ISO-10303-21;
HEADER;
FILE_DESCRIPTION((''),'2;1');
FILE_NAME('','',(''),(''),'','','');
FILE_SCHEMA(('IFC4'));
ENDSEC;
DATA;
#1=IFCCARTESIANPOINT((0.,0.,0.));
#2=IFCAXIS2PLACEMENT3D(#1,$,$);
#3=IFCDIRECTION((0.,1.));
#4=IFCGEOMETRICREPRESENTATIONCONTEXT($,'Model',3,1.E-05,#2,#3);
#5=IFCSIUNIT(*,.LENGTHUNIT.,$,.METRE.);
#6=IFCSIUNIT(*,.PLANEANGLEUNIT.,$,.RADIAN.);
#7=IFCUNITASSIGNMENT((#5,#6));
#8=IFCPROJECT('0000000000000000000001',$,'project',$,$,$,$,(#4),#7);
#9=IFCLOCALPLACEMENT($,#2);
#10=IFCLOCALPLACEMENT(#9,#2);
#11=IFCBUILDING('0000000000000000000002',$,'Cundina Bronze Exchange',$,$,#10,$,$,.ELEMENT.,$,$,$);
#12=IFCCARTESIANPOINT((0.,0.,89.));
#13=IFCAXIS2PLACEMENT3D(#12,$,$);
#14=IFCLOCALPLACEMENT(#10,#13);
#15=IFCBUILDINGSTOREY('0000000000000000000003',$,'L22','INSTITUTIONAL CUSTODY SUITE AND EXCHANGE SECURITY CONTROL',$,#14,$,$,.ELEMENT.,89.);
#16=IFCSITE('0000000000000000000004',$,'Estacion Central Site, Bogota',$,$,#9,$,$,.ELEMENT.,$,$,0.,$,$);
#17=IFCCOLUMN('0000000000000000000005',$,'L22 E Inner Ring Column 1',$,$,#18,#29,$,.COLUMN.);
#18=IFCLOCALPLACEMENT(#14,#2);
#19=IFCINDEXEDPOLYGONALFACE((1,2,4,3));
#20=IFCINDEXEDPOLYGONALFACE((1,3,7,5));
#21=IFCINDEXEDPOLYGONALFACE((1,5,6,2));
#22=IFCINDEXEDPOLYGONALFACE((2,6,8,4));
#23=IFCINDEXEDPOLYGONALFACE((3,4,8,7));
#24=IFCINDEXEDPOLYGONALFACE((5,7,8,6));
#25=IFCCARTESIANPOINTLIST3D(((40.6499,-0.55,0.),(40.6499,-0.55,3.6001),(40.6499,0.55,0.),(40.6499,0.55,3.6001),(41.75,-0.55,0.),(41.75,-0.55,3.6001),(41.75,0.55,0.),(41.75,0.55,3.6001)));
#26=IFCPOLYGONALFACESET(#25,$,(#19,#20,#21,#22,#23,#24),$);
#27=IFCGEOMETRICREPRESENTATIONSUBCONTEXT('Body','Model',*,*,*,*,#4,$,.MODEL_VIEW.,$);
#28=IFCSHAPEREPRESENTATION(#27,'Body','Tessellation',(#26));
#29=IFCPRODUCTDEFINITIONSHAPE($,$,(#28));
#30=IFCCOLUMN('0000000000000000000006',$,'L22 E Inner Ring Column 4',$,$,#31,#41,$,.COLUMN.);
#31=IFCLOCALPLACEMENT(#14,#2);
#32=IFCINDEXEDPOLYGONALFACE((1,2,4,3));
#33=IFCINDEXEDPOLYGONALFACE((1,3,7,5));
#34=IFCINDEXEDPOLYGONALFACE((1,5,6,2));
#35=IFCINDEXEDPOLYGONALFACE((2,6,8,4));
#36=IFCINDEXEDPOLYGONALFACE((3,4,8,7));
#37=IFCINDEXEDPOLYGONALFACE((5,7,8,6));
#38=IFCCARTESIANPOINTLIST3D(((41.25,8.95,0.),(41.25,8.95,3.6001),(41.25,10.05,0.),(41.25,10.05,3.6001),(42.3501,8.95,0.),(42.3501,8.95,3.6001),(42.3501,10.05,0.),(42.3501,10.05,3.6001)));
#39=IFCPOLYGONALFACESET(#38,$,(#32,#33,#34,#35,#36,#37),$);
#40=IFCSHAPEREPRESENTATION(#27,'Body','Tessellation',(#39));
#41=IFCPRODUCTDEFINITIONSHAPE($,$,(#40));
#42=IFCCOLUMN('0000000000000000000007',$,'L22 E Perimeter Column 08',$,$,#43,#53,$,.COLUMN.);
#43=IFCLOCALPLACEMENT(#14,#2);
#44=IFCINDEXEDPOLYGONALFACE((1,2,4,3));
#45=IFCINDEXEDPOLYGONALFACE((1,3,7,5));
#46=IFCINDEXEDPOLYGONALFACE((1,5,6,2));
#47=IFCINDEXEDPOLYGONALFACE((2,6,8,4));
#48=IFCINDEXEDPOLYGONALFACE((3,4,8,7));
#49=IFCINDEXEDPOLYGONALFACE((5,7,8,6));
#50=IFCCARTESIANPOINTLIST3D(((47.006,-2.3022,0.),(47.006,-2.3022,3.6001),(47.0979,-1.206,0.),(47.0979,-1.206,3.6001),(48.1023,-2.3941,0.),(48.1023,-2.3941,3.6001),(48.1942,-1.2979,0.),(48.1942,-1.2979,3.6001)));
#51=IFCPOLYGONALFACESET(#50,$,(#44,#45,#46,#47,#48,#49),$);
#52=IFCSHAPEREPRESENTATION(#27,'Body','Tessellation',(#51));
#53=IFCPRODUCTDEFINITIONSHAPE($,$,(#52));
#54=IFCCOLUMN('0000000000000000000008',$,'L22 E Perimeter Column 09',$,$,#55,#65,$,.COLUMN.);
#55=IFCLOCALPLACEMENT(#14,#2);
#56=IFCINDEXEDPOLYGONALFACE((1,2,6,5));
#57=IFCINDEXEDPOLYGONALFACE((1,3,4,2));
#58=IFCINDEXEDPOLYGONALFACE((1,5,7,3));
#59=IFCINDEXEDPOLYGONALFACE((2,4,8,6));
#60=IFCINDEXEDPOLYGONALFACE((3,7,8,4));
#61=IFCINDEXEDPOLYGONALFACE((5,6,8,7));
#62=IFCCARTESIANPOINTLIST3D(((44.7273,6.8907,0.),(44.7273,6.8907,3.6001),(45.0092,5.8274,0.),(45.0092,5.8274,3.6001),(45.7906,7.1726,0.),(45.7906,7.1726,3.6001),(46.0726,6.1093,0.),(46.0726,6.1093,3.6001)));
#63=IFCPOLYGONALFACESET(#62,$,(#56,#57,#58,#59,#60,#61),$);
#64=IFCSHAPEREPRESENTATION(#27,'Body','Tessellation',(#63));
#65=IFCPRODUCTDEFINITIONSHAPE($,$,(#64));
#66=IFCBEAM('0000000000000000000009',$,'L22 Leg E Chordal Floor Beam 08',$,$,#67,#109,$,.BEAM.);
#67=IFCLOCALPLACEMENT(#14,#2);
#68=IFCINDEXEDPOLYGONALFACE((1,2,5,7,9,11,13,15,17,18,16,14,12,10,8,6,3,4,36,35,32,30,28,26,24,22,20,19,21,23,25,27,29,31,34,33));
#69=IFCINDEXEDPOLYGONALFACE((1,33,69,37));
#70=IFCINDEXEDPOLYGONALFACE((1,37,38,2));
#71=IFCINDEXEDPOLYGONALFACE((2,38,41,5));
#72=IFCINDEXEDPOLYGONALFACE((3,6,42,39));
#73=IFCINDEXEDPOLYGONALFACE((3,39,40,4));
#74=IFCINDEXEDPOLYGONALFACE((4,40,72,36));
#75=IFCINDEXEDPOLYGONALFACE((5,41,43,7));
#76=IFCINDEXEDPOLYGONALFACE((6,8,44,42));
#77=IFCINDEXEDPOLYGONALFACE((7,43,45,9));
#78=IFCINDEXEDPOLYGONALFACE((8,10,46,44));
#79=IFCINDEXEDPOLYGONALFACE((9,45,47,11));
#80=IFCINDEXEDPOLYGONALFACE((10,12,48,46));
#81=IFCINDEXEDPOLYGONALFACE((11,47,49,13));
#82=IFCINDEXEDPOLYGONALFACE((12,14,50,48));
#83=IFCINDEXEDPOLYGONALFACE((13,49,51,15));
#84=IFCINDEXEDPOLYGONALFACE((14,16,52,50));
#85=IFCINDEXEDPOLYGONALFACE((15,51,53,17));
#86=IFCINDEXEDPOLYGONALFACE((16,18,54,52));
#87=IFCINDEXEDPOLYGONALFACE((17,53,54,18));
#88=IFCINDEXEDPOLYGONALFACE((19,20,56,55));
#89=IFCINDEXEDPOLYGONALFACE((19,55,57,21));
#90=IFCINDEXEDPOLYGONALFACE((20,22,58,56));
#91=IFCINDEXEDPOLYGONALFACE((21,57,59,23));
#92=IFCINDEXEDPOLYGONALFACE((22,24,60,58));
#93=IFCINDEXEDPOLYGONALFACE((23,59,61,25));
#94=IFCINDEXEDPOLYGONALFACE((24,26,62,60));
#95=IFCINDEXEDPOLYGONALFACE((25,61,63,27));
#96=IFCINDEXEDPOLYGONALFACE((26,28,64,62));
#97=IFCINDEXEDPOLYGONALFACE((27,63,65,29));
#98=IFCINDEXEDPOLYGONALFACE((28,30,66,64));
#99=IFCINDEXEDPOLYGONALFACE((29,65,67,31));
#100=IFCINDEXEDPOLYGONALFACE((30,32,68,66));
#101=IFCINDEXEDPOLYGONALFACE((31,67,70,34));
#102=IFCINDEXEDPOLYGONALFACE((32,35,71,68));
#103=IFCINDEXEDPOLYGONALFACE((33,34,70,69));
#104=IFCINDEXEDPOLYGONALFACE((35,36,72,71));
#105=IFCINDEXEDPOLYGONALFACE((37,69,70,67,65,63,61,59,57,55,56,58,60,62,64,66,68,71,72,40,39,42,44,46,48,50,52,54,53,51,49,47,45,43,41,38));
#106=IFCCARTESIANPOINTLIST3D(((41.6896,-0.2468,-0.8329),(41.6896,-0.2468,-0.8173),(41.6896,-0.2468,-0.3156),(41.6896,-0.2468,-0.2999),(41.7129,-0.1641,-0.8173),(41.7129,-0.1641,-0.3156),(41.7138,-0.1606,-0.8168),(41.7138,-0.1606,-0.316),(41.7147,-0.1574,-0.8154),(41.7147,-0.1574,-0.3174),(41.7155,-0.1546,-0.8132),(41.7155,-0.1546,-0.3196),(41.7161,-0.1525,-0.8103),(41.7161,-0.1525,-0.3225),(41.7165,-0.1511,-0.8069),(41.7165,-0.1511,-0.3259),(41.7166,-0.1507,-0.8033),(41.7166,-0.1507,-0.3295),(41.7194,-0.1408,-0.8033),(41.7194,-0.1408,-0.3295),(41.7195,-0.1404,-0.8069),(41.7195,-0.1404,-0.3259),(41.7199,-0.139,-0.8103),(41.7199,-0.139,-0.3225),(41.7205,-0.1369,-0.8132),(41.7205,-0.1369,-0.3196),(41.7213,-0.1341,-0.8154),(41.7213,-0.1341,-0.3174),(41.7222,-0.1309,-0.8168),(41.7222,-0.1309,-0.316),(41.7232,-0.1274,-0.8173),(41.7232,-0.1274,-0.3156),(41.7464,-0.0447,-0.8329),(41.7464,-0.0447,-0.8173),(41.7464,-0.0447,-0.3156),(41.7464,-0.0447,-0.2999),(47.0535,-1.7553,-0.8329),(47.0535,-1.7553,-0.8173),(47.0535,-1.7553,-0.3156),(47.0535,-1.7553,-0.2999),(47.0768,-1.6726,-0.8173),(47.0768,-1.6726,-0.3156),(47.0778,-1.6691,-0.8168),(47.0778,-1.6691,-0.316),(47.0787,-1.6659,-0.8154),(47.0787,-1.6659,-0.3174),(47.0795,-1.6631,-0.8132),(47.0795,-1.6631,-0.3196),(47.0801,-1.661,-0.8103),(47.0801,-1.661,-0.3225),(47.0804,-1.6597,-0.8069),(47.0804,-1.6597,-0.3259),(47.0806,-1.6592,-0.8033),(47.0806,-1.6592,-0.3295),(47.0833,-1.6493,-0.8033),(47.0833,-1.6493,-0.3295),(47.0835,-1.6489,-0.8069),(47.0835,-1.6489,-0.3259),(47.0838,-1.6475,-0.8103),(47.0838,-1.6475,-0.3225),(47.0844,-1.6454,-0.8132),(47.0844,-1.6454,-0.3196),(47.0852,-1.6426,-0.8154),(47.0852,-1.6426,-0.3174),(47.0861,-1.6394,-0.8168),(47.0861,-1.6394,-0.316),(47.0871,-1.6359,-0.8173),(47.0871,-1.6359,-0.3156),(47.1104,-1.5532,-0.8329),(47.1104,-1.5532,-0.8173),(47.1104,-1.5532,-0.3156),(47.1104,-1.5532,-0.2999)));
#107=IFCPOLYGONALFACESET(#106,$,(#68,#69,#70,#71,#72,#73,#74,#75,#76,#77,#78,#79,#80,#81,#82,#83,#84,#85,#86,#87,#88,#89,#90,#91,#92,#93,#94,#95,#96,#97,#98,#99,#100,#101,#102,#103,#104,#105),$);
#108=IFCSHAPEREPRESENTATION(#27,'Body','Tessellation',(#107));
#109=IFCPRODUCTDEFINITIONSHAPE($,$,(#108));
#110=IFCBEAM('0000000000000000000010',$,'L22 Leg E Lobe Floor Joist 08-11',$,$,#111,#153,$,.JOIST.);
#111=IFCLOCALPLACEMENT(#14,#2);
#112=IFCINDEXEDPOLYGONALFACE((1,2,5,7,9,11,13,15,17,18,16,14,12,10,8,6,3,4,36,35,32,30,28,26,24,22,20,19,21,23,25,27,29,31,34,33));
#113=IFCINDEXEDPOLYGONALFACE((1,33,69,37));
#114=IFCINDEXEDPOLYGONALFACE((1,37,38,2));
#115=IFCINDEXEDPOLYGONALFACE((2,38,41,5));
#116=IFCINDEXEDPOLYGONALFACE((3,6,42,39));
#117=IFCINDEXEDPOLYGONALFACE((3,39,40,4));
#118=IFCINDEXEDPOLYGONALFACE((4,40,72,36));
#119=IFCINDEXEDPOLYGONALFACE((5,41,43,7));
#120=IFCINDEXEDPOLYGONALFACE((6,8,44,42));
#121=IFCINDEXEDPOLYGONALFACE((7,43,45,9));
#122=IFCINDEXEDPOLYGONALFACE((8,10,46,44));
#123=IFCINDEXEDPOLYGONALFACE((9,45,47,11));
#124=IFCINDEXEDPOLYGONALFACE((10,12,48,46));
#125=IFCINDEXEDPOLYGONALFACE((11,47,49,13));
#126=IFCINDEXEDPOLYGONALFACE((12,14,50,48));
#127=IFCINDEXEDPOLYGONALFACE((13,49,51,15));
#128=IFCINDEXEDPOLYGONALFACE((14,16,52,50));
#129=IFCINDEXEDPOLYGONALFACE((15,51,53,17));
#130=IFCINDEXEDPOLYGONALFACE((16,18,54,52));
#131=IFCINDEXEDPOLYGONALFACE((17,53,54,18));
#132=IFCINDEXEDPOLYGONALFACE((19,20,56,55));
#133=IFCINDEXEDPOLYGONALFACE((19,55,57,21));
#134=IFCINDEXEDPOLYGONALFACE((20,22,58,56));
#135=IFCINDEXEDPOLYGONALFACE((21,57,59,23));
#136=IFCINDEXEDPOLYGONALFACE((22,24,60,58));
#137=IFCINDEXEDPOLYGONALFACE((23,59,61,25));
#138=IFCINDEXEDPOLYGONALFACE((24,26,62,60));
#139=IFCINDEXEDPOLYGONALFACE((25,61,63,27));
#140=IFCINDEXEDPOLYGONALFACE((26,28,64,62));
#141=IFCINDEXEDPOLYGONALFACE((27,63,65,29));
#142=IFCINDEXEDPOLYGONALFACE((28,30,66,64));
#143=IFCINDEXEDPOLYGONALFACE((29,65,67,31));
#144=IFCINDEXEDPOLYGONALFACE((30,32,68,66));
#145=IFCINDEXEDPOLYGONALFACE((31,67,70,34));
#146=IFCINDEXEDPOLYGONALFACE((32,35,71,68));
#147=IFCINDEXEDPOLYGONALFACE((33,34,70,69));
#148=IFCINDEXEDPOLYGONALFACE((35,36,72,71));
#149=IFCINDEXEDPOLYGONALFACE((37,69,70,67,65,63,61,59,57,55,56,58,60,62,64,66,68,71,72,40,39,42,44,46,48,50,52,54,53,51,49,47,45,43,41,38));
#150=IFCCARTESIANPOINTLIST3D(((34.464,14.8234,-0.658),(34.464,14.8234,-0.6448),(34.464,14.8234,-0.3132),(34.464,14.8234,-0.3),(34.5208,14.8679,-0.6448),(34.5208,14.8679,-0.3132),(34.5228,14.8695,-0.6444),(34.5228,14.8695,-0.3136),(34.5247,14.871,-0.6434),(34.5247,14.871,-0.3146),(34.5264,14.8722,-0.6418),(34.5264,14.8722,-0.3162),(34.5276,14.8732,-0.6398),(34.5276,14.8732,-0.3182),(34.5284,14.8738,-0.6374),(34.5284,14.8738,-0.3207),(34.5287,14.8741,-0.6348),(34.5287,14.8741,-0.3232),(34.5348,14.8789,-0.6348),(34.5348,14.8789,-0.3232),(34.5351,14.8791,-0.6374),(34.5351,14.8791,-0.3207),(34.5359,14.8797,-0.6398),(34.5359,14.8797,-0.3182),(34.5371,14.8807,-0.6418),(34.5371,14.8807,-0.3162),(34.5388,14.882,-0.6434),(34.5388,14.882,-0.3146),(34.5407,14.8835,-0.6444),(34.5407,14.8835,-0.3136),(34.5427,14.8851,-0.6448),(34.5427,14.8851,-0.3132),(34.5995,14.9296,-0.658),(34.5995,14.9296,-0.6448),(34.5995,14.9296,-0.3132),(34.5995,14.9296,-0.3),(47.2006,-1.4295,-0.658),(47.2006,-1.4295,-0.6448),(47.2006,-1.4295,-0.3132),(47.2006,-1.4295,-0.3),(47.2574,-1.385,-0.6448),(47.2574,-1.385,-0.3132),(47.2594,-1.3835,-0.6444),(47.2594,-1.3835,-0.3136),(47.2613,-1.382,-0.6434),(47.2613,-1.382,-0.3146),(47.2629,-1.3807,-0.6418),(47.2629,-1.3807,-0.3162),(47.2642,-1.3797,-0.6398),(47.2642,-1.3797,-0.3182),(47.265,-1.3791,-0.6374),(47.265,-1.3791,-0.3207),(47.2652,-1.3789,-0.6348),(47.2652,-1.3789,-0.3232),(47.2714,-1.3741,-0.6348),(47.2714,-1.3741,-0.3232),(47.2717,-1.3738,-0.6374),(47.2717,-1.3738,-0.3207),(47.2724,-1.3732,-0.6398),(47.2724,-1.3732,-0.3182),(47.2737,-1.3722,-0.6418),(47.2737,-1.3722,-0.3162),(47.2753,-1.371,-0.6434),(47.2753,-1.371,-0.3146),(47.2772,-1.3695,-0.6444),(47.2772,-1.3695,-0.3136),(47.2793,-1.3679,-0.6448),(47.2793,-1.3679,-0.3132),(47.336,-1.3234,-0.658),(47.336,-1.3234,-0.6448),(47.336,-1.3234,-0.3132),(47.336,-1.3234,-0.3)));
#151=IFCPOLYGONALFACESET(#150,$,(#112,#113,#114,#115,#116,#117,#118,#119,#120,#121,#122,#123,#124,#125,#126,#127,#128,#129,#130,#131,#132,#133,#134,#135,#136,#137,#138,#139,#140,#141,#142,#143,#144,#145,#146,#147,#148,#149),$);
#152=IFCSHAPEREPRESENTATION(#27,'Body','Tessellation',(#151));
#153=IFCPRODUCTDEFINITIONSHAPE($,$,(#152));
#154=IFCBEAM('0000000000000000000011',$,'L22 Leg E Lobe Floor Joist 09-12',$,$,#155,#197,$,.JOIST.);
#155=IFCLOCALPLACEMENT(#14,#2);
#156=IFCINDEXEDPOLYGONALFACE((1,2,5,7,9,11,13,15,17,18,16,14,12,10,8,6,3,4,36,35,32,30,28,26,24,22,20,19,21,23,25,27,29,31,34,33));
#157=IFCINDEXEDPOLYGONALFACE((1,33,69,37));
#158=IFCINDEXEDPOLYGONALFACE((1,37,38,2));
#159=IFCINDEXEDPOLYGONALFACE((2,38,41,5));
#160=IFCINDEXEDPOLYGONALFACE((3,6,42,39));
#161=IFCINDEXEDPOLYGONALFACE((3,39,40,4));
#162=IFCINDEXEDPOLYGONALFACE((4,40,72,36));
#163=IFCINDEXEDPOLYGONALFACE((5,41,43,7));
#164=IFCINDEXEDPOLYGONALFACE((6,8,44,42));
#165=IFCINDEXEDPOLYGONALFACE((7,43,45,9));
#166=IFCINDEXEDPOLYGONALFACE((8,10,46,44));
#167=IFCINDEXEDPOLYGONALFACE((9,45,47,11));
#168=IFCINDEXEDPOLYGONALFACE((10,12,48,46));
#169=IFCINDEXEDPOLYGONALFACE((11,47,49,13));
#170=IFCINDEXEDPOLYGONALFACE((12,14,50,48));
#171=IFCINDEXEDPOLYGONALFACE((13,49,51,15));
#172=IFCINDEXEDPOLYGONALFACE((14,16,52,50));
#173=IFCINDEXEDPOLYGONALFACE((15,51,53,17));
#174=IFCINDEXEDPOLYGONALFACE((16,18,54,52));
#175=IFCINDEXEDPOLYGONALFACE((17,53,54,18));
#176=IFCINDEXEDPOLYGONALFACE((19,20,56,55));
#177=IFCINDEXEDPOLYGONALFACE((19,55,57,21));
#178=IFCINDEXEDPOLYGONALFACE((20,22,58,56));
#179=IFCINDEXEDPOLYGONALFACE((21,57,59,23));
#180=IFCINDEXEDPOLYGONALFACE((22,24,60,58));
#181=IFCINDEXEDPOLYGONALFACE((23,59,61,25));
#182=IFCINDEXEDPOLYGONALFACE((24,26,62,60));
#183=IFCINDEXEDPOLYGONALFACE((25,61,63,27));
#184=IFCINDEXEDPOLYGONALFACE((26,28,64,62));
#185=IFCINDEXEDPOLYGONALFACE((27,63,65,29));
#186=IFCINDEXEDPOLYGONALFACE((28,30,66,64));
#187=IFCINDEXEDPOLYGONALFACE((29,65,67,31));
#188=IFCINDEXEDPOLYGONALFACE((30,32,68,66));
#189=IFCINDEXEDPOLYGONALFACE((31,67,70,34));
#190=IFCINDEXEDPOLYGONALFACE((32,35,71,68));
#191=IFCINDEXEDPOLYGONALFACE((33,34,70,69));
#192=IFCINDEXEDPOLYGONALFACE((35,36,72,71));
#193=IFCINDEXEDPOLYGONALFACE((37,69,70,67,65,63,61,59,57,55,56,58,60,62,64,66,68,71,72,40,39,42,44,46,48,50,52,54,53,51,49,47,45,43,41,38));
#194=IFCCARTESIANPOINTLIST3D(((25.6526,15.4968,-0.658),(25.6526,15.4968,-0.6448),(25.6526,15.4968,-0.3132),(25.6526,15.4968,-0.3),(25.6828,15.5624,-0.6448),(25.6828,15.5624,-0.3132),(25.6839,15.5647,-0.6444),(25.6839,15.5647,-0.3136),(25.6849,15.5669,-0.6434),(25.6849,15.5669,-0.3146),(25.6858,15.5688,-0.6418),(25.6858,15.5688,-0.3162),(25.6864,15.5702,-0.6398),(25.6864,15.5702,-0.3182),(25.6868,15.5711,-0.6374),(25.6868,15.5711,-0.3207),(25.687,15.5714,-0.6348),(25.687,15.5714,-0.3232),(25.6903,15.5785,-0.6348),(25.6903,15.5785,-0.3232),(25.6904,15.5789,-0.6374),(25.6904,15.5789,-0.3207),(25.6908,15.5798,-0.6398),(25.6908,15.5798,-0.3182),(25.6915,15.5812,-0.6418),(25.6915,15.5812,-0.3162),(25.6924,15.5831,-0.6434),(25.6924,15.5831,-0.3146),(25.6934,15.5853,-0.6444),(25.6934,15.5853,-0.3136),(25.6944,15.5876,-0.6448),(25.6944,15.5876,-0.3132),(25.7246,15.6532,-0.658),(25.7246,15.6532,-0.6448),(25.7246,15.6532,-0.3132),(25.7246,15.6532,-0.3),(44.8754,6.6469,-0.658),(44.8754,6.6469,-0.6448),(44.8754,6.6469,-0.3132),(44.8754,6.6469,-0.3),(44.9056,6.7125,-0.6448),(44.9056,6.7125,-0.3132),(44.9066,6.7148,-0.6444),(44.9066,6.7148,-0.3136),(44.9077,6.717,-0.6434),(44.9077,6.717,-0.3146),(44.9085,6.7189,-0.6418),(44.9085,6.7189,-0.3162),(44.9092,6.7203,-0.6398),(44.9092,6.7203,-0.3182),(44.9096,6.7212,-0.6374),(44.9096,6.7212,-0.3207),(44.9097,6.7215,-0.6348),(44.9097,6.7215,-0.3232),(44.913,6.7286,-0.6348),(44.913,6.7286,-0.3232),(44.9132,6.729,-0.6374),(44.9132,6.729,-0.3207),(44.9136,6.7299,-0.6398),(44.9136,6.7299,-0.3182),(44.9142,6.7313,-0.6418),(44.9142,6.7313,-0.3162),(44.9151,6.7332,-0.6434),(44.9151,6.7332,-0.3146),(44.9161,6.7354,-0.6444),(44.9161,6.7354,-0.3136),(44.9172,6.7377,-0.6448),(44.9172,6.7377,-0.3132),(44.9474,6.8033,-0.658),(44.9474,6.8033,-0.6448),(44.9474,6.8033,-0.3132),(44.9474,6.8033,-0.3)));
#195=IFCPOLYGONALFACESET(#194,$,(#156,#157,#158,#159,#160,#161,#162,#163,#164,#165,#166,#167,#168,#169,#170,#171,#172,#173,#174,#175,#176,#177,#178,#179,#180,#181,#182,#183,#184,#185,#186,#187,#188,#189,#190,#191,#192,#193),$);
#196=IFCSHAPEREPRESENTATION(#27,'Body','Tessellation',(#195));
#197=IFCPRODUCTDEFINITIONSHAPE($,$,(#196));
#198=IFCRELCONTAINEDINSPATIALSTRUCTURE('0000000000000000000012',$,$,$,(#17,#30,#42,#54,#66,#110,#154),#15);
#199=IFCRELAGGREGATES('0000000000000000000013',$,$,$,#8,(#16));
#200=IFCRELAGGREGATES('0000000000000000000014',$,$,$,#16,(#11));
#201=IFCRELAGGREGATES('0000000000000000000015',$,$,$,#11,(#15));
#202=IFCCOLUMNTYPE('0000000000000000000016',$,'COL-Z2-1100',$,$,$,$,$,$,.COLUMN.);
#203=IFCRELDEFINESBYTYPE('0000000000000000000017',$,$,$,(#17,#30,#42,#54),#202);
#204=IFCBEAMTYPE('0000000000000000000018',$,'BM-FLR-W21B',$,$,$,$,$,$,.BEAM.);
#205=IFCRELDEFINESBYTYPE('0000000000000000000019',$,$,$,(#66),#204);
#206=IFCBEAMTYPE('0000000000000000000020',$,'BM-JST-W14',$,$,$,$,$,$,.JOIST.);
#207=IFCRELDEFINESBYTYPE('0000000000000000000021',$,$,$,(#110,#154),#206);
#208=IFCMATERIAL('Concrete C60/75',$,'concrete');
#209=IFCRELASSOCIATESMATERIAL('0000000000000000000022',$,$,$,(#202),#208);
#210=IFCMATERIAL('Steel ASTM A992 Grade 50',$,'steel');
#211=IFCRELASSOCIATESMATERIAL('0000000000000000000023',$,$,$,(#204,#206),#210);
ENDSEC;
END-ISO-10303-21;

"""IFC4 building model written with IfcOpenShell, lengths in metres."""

from ifc_helpers import new_model, si_unit, direction, frame, origin, origin_2d, place, context, subcontext, project, spatial, rectangle, i_section, extrude, material, material_profile, profile_set, type_object, element, save


model = new_model("IFC4")

# Units and contexts
model_context = context("Model", 3, precision=1e-05, world=origin(), true_north=direction((0.0, 1.0)))
body_context = subcontext(model_context, "Body", "Model", "MODEL_VIEW")
ifc_project = project(units=[si_unit("LENGTHUNIT", "METRE"), si_unit("PLANEANGLEUNIT", "RADIAN")], contexts=[model_context])

# Site, building, storey
site_placement = place(None, origin())
site = spatial("IfcSite", under=ifc_project, at=site_placement, Name="Estacion Central Site, Bogota", CompositionType="ELEMENT", RefElevation=0.0)
building_placement = place(site_placement, origin())
building = spatial("IfcBuilding", under=site, at=building_placement, Name="Cundina Bronze Exchange", CompositionType="ELEMENT")
storey_placement = place(building_placement, frame((0.0, 0.0, 89.0)))
storey = spatial("IfcBuildingStorey", under=building, at=storey_placement, Name="L22", Description="INSTITUTIONAL CUSTODY SUITE AND EXCHANGE SECURITY CONTROL", CompositionType="ELEMENT", Elevation=89.0)

# Columns
ifc_material_1 = material(Name="Concrete C60/75", Category="concrete")
ifc_material_profile_1 = material_profile(ifc_material_1, rectangle(XDim=1.1001, YDim=1.1001, at=origin_2d()), Name="RC1100X1100", Category="concrete")
ifc_profile_set_1 = profile_set([ifc_material_profile_1], Name="Concrete C60/75")
column_type = type_object("IfcColumnType", Name="COL-Z2-1100", PredefinedType="COLUMN", material=ifc_profile_set_1)
for number, where, z_axis, x_axis, name in (
    (1, (41.2, 0.0, 0.0), (0.0, 0.0, 1.0), (1.0, 0.0, 0.0), "L22 E Inner Ring Column 1"),
    (2, (41.8, 9.5, 0.0), (0.0, 0.0, 1.0), (1.0, 0.0, 0.0), "L22 E Inner Ring Column 4"),
    (3, (47.6001, -1.8, 0.0), (0.0, 0.0, 1.0), (0.083504, 0.996507, 0.0), "L22 E Perimeter Column 08"),
    (4, (45.3999, 6.5, 0.0), (0.0, 0.0, 1.0), (-0.256289, 0.9666, 0.0), "L22 E Perimeter Column 09"),
):
    element("IfcColumn", number, at=place(storey_placement, frame(where, z_axis=z_axis, x_axis=x_axis)), inside=storey, type_object=column_type, Name=name, PredefinedType="COLUMN", context=body_context, shape_type="SweptSolid", body=[
        extrude(rectangle(XDim=1.1001, YDim=1.1001, at=origin_2d()), origin(), (0.0, 0.0, 1.0), 3.6001),
    ])

# Beams
ifc_material_2 = material(Name="Steel ASTM A992 Grade 50", Category="steel")
ifc_material_profile_2 = material_profile(ifc_material_2, i_section(OverallWidth=0.21, OverallDepth=0.533, WebThickness=0.0103, FlangeThickness=0.0156, FilletRadius=0.0139, at=origin_2d()), Name="W21X62", Category="steel")
ifc_profile_set_2 = profile_set([ifc_material_profile_2], Name="Steel ASTM A992 Grade 50")
beam_type_1 = type_object("IfcBeamType", Name="BM-FLR-W21B", PredefinedType="BEAM", material=ifc_profile_set_2)
beam_1_placement = place(storey_placement, frame((41.718, -0.1458, -0.5664), z_axis=(0.962655, -0.270732, 0.0), x_axis=(0.270732, 0.962655, 0.0)))
element("IfcBeam", 5, at=beam_1_placement, inside=storey, type_object=beam_type_1, Name="L22 Leg E Chordal Floor Beam 08", PredefinedType="BEAM", context=body_context, shape_type="SweptSolid", body=[
    extrude(i_section(OverallWidth=0.21, OverallDepth=0.533, WebThickness=0.0103, FlangeThickness=0.0156, FilletRadius=0.0139, at=origin_2d()), origin(), (0.0, 0.0, 1.0), 5.572),
])
ifc_material_profile_3 = material_profile(ifc_material_2, i_section(OverallWidth=0.1721, OverallDepth=0.3579, WebThickness=0.0078, FlangeThickness=0.0132, FilletRadius=0.01, at=origin_2d()), Name="W14X38", Category="steel")
ifc_profile_set_3 = profile_set([ifc_material_profile_3], Name="Steel ASTM A992 Grade 50")
beam_type_2 = type_object("IfcBeamType", Name="BM-JST-W14", PredefinedType="JOIST", material=ifc_profile_set_3)
beam_2_placement = place(storey_placement, frame((47.2683, -1.3765, -0.479), z_axis=(-0.616815, 0.787108, 0.0), x_axis=(-0.787108, -0.616815, 0.0)))
element("IfcBeam", 6, at=beam_2_placement, inside=storey, type_object=beam_type_2, Name="L22 Leg E Lobe Floor Joist 08-11", PredefinedType="JOIST", context=body_context, shape_type="SweptSolid", body=[
    extrude(i_section(OverallWidth=0.1721, OverallDepth=0.3579, WebThickness=0.0078, FlangeThickness=0.0132, FilletRadius=0.01, at=origin_2d()), origin(), (0.0, 0.0, 1.0), 20.6489),
])
beam_3_placement = place(storey_placement, frame((44.9114, 6.7251, -0.479), z_axis=(-0.908357, 0.418195, 0.0), x_axis=(-0.418195, -0.908357, 0.0)))
element("IfcBeam", 7, at=beam_3_placement, inside=storey, type_object=beam_type_2, Name="L22 Leg E Lobe Floor Joist 09-12", PredefinedType="JOIST", context=body_context, shape_type="SweptSolid", body=[
    extrude(i_section(OverallWidth=0.1721, OverallDepth=0.3579, WebThickness=0.0078, FlangeThickness=0.0132, FilletRadius=0.01, at=origin_2d()), origin(), (0.0, 0.0, 1.0), 21.1621),
])

save(model, "model.ifc")
